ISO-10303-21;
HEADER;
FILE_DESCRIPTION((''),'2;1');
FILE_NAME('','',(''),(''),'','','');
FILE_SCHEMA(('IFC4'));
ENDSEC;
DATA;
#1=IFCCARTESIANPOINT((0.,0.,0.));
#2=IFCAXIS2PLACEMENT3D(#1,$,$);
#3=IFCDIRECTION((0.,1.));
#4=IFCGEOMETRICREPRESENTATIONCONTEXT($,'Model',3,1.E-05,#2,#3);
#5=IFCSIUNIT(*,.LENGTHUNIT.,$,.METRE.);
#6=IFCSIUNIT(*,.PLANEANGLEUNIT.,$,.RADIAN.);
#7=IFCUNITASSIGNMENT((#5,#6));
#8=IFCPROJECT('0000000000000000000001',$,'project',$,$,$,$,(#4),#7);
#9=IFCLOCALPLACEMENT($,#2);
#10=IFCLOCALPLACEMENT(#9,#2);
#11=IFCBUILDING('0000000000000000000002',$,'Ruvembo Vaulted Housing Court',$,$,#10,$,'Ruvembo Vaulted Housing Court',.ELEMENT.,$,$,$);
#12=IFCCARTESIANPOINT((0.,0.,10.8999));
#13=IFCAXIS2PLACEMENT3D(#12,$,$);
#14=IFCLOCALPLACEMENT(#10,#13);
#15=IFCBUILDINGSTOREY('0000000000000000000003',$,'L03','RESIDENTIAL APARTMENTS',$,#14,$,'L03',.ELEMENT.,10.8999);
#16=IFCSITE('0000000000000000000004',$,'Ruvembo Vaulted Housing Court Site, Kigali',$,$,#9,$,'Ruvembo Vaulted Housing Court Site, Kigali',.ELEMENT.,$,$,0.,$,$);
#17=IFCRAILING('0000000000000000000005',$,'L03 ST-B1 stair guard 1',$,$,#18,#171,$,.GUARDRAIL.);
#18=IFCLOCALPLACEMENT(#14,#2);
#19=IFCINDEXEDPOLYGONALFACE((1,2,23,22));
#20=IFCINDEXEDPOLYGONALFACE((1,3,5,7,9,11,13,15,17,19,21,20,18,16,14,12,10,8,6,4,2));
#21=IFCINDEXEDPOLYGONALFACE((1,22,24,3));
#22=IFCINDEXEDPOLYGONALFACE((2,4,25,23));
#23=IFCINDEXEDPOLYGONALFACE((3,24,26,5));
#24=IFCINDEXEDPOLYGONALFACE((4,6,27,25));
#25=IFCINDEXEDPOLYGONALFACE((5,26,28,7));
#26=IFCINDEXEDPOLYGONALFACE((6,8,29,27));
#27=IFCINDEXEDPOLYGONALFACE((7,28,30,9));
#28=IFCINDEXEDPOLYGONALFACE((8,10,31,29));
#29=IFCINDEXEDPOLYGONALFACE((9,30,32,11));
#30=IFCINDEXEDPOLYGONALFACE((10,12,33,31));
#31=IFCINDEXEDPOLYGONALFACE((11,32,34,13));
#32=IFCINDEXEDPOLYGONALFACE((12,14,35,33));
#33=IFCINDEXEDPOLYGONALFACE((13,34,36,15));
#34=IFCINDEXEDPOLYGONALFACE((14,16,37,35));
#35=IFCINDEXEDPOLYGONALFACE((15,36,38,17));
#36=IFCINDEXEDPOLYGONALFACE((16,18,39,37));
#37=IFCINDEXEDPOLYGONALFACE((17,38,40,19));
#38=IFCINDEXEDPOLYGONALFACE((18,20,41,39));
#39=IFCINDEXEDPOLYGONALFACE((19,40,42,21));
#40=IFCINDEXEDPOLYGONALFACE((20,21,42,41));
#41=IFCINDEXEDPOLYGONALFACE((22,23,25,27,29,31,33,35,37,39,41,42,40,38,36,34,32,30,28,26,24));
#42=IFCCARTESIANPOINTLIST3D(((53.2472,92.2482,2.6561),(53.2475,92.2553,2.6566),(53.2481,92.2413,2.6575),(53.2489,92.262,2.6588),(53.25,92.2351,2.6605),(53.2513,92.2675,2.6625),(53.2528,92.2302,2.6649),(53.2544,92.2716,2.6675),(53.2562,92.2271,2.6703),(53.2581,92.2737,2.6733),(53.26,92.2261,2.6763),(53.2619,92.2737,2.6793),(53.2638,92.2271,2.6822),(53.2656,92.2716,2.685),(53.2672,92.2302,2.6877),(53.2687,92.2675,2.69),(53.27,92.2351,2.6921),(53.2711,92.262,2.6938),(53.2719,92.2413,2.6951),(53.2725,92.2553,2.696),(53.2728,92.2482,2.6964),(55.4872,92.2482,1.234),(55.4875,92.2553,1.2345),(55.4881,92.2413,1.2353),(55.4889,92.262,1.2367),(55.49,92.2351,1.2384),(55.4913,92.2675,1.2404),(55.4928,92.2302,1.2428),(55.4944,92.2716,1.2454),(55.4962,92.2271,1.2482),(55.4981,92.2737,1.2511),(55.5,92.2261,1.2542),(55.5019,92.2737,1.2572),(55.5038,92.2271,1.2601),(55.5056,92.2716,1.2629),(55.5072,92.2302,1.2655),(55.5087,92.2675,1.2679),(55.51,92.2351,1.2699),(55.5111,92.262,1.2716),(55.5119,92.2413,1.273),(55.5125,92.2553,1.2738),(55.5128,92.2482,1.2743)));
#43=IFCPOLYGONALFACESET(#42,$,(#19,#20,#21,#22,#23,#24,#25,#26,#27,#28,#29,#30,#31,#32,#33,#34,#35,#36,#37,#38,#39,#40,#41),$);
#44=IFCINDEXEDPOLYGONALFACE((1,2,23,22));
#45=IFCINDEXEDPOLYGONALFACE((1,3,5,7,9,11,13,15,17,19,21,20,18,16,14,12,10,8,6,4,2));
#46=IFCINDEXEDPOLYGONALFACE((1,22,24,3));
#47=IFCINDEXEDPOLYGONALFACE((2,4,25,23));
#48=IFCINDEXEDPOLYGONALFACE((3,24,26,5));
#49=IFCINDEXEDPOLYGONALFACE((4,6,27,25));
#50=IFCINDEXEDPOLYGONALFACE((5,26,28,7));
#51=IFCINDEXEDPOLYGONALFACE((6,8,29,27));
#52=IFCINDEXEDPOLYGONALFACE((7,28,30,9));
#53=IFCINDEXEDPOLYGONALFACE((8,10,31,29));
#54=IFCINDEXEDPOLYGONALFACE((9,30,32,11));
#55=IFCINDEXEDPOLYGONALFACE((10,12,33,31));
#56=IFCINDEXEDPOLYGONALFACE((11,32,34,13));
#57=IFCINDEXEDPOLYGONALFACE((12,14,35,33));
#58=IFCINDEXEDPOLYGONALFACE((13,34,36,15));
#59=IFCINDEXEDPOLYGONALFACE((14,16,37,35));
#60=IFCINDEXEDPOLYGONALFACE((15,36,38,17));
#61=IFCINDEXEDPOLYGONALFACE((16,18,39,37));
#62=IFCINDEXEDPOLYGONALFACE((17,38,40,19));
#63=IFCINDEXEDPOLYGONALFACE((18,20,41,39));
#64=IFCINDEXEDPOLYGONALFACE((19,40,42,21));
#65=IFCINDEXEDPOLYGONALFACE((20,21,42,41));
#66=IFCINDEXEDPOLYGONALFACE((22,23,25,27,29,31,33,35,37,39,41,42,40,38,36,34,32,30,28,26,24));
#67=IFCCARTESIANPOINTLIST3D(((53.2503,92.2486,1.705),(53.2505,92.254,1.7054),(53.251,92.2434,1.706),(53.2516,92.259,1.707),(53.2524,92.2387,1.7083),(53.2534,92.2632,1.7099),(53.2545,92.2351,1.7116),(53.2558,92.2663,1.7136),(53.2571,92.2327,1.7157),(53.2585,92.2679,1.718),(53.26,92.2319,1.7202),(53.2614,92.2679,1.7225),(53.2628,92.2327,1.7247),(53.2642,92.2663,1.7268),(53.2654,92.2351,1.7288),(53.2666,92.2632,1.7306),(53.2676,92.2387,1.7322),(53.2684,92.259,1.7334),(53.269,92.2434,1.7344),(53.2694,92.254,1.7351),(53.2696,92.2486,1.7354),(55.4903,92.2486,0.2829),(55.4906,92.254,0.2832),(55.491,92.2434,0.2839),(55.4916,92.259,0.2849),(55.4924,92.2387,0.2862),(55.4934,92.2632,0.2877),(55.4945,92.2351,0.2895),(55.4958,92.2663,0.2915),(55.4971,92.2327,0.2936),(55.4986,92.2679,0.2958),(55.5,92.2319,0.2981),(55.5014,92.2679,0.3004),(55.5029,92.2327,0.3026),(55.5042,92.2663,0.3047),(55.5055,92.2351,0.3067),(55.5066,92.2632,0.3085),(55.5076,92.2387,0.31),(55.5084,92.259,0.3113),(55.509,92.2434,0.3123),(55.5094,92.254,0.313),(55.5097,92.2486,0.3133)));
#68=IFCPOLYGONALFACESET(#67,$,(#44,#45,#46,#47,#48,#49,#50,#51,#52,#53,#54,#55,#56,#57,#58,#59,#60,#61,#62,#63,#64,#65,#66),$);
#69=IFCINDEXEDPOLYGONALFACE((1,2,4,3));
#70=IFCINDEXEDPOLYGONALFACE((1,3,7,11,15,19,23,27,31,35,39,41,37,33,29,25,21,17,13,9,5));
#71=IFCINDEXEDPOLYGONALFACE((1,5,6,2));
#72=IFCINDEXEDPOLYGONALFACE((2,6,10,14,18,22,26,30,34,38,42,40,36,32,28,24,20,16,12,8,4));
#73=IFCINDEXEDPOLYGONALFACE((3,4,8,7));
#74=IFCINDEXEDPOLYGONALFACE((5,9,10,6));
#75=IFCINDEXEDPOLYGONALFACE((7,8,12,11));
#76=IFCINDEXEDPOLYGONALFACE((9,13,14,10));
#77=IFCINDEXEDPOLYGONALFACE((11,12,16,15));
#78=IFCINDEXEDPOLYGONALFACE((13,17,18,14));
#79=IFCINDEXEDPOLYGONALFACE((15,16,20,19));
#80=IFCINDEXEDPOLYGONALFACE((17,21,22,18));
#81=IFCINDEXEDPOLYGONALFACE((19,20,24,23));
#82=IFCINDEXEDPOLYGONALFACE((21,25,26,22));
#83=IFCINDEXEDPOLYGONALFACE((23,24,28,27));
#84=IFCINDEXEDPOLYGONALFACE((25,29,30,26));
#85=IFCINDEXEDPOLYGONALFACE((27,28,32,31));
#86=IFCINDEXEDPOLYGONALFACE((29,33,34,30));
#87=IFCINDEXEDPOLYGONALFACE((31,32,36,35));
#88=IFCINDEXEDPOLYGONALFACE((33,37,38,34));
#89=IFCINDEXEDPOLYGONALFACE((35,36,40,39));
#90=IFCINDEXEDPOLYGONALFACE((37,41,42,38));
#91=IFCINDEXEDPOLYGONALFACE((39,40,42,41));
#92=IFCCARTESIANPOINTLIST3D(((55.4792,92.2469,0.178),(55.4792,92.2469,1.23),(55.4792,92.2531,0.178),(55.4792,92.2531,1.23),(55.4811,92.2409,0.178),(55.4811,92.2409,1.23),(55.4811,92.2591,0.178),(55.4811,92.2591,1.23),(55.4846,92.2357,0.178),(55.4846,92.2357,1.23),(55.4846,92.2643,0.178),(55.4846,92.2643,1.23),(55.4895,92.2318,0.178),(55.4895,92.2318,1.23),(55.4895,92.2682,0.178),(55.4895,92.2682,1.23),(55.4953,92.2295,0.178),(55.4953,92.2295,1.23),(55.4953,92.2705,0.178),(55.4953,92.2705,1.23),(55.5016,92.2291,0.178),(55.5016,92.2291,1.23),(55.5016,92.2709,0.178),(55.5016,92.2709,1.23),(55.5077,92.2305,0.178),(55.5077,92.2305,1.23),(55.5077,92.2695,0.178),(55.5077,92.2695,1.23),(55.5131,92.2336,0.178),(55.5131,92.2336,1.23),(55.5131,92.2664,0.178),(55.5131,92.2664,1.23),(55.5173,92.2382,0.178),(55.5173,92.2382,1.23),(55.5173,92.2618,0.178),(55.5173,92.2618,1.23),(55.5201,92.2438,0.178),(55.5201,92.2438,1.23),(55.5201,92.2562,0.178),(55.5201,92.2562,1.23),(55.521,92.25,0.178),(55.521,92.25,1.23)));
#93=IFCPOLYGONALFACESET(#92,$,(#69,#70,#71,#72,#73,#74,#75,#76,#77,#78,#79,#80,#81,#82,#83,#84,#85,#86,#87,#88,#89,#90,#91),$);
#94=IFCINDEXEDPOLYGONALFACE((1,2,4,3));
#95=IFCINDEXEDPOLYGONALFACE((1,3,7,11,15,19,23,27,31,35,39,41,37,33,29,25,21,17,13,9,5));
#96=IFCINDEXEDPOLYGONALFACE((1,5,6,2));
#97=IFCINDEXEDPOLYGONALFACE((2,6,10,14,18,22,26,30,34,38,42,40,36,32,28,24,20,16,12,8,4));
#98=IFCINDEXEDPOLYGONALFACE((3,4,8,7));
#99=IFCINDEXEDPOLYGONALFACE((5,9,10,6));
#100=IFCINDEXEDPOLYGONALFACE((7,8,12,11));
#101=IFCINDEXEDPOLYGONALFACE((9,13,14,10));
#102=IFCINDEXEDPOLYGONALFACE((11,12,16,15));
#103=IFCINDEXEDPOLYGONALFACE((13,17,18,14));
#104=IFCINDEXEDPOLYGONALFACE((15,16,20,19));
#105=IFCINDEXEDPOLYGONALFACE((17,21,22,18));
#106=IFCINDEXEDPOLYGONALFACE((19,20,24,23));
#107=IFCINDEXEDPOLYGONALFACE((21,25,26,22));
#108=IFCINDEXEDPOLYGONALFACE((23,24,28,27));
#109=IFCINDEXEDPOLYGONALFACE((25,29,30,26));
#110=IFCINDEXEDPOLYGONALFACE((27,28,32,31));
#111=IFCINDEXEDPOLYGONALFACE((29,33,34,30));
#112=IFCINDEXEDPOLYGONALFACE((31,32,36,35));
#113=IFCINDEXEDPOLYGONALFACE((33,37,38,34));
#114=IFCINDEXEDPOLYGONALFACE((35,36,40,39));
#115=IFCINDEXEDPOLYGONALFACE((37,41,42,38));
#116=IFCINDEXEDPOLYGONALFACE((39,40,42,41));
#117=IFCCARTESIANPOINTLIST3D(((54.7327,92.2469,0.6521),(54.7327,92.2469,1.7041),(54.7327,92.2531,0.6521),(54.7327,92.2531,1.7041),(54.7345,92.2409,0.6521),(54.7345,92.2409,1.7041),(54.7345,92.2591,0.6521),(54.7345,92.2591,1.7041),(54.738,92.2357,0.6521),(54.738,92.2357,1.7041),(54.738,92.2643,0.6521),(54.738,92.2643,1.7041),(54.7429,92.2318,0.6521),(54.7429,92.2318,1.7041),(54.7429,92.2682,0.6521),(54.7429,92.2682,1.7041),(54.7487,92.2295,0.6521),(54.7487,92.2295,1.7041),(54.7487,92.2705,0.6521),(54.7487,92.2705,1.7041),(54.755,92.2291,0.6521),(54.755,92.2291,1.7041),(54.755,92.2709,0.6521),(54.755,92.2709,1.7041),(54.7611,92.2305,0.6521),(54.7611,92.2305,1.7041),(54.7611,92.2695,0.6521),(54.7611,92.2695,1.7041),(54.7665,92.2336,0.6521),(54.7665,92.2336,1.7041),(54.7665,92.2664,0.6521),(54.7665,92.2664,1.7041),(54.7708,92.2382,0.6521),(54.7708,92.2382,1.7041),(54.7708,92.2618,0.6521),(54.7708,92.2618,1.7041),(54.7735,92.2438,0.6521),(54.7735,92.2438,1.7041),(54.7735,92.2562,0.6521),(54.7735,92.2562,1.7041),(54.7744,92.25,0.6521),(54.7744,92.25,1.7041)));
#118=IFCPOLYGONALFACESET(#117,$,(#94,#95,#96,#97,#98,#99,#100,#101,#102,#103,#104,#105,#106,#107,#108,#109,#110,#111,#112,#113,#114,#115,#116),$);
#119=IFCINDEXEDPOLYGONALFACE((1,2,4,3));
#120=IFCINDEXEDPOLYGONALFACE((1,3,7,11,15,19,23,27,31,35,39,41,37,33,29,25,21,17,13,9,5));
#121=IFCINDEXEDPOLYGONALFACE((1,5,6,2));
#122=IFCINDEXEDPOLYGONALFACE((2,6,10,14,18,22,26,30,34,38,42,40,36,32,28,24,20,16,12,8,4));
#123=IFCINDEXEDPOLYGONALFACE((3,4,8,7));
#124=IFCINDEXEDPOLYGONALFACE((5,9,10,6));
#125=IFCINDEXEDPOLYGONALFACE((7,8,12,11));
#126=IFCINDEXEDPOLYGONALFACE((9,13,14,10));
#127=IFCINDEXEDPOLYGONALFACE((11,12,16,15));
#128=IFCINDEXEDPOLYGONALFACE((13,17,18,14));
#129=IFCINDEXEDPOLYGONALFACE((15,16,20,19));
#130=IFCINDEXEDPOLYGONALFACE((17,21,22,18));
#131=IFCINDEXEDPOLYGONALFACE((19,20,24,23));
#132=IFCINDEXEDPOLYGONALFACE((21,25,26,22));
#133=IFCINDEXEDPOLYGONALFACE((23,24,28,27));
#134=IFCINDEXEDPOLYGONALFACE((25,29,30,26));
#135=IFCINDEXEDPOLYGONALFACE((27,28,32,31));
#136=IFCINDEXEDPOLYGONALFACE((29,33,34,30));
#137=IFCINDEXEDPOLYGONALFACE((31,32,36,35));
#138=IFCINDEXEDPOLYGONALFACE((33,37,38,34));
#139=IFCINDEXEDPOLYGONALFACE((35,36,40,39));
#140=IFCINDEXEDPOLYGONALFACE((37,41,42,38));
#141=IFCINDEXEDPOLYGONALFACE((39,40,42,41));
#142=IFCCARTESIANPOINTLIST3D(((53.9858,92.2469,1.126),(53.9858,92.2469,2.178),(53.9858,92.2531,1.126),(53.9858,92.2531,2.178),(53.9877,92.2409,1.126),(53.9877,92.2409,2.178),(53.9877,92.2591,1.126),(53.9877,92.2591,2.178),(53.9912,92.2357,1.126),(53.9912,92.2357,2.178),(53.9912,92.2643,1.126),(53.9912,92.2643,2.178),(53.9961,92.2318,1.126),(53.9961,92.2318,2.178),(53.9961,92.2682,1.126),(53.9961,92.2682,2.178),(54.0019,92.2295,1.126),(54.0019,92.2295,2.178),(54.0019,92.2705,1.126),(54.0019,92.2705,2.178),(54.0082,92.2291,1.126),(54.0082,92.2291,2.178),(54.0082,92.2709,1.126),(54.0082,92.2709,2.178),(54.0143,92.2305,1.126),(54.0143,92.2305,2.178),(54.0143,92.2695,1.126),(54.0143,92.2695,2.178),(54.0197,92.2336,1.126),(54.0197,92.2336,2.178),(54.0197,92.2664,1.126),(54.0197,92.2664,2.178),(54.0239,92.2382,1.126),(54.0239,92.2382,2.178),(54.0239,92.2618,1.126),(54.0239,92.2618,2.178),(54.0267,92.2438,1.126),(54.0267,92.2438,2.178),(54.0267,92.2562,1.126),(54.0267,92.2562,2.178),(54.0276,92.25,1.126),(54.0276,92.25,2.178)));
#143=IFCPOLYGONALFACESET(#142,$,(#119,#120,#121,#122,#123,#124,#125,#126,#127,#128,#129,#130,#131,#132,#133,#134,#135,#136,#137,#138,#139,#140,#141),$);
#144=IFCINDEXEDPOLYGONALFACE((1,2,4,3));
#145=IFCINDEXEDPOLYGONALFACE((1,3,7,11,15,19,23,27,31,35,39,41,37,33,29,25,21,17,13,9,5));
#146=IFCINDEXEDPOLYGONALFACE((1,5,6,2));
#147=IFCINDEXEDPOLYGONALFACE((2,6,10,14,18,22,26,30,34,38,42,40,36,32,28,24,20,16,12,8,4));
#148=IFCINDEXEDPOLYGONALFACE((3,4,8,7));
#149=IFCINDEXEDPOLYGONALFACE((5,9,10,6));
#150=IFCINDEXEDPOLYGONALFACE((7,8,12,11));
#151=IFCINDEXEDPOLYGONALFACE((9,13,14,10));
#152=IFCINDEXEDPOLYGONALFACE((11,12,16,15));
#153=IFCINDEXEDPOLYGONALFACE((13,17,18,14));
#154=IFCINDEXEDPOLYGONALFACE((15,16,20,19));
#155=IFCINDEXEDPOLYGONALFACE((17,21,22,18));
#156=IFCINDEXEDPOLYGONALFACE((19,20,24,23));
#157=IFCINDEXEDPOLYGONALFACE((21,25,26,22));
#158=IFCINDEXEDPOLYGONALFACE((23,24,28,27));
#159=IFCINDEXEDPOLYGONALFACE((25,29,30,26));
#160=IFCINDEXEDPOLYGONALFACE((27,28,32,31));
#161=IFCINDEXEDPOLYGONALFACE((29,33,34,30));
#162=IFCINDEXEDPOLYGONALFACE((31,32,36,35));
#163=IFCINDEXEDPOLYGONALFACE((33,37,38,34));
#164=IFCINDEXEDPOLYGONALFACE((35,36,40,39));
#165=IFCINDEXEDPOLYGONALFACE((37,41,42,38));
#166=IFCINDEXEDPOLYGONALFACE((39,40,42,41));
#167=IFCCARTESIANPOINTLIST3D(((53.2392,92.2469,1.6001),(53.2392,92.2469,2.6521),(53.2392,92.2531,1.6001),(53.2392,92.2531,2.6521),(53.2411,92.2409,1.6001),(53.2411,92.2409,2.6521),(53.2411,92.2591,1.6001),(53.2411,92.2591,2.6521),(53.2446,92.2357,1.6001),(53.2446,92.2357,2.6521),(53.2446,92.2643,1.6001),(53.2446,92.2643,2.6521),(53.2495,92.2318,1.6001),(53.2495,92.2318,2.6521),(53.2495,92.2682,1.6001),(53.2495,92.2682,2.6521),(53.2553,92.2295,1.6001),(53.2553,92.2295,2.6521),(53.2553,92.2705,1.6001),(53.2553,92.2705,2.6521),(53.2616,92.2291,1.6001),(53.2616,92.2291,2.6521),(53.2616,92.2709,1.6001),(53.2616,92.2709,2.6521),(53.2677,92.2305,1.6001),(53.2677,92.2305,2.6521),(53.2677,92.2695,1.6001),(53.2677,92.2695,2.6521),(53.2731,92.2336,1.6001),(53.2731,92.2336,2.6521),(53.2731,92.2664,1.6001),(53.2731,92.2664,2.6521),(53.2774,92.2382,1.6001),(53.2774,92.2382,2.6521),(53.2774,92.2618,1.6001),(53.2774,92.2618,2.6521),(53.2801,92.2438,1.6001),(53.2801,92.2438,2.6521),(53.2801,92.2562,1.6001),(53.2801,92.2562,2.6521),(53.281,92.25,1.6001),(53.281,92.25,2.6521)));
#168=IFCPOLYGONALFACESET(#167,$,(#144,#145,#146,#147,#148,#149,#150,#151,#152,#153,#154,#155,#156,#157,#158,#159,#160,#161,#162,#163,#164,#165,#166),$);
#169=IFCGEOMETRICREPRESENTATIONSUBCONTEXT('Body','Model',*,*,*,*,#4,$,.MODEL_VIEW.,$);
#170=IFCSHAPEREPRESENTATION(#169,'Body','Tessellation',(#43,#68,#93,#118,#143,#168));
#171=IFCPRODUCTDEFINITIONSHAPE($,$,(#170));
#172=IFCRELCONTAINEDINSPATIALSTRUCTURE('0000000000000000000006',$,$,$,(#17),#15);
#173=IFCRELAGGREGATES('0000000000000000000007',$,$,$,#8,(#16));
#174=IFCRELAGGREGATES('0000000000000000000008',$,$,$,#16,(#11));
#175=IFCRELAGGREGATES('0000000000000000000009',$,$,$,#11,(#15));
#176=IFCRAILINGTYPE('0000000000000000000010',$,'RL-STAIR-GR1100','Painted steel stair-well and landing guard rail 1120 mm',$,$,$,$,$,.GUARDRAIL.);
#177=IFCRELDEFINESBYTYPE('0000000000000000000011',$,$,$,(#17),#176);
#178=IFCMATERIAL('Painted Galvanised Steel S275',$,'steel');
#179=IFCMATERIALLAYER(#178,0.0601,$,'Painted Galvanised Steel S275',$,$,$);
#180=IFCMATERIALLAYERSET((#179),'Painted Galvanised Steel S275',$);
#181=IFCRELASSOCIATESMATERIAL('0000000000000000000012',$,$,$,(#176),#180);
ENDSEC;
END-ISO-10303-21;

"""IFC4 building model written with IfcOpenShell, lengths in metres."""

from ifc_helpers import new_model, si_unit, direction, frame, origin, origin_2d, place, context, subcontext, project, spatial, circle, extrude, material, layer, layer_set, type_object, element, save


model = new_model("IFC4")

# Units and contexts
model_context = context("Model", 3, precision=1e-05, world=origin(), true_north=direction((0.0, 1.0)))
body_context = subcontext(model_context, "Body", "Model", "MODEL_VIEW")
ifc_project = project(units=[si_unit("LENGTHUNIT", "METRE"), si_unit("PLANEANGLEUNIT", "RADIAN")], contexts=[model_context])

# Site, building, storey
site_placement = place(None, origin())
site = spatial("IfcSite", under=ifc_project, at=site_placement, Name="Ruvembo Vaulted Housing Court Site, Kigali", LongName="Ruvembo Vaulted Housing Court Site, Kigali", CompositionType="ELEMENT", RefElevation=0.0)
building_placement = place(site_placement, origin())
building = spatial("IfcBuilding", under=site, at=building_placement, Name="Ruvembo Vaulted Housing Court", LongName="Ruvembo Vaulted Housing Court", CompositionType="ELEMENT")
storey_placement = place(building_placement, frame((0.0, 0.0, 10.8999)))
storey = spatial("IfcBuildingStorey", under=building, at=storey_placement, Name="L03", Description="RESIDENTIAL APARTMENTS", LongName="L03", CompositionType="ELEMENT", Elevation=10.8999)

# Railing
ifc_material_1 = material(Name="Painted Galvanised Steel S275", Category="steel")
ifc_layer_1 = layer(ifc_material_1, 0.0601, Name="Painted Galvanised Steel S275")
ifc_layer_set_1 = layer_set([ifc_layer_1], Name="Painted Galvanised Steel S275")
railing_type_1 = type_object("IfcRailingType", Name="RL-STAIR-GR1100", Description="Painted steel stair-well and landing guard rail 1120 mm", PredefinedType="GUARDRAIL", material=ifc_layer_set_1)
railing_1_placement = place(storey_placement, frame((55.5, 92.25, 0.178)))
element("IfcRailing", 1, at=railing_1_placement, inside=storey, type_object=railing_type_1, Name="L03 ST-B1 stair guard 1", PredefinedType="GUARDRAIL", context=body_context, shape_type="SweptSolid", body=[
    extrude(circle(Radius=0.0239, at=origin_2d()), frame((0.0, 0.0, 1.0762), z_axis=(-0.844229, 0.0, 0.535982), x_axis=(0.0, -1.0, 0.0)), (0.0, 0.0, 1.0), 2.6533),
    extrude(circle(Radius=0.0181, at=origin_2d()), frame((0.0, 0.0, 0.1201), z_axis=(-0.844229, 0.0, 0.535982), x_axis=(0.0, -1.0, 0.0)), (0.0, 0.0, 1.0), 2.6533),
    extrude(circle(Radius=0.021, at=origin_2d()), origin(), (0.0, 0.0, 1.0), 1.052),
    extrude(circle(Radius=0.021, at=origin_2d()), frame((-0.7466, 0.0, 0.4741)), (0.0, 0.0, 1.0), 1.052),
    extrude(circle(Radius=0.021, at=origin_2d()), frame((-1.4934, 0.0, 0.948)), (0.0, 0.0, 1.0), 1.052),
    extrude(circle(Radius=0.021, at=origin_2d()), frame((-2.24, 0.0, 1.4221)), (0.0, 0.0, 1.0), 1.052),
])

save(model, "model.ifc")
